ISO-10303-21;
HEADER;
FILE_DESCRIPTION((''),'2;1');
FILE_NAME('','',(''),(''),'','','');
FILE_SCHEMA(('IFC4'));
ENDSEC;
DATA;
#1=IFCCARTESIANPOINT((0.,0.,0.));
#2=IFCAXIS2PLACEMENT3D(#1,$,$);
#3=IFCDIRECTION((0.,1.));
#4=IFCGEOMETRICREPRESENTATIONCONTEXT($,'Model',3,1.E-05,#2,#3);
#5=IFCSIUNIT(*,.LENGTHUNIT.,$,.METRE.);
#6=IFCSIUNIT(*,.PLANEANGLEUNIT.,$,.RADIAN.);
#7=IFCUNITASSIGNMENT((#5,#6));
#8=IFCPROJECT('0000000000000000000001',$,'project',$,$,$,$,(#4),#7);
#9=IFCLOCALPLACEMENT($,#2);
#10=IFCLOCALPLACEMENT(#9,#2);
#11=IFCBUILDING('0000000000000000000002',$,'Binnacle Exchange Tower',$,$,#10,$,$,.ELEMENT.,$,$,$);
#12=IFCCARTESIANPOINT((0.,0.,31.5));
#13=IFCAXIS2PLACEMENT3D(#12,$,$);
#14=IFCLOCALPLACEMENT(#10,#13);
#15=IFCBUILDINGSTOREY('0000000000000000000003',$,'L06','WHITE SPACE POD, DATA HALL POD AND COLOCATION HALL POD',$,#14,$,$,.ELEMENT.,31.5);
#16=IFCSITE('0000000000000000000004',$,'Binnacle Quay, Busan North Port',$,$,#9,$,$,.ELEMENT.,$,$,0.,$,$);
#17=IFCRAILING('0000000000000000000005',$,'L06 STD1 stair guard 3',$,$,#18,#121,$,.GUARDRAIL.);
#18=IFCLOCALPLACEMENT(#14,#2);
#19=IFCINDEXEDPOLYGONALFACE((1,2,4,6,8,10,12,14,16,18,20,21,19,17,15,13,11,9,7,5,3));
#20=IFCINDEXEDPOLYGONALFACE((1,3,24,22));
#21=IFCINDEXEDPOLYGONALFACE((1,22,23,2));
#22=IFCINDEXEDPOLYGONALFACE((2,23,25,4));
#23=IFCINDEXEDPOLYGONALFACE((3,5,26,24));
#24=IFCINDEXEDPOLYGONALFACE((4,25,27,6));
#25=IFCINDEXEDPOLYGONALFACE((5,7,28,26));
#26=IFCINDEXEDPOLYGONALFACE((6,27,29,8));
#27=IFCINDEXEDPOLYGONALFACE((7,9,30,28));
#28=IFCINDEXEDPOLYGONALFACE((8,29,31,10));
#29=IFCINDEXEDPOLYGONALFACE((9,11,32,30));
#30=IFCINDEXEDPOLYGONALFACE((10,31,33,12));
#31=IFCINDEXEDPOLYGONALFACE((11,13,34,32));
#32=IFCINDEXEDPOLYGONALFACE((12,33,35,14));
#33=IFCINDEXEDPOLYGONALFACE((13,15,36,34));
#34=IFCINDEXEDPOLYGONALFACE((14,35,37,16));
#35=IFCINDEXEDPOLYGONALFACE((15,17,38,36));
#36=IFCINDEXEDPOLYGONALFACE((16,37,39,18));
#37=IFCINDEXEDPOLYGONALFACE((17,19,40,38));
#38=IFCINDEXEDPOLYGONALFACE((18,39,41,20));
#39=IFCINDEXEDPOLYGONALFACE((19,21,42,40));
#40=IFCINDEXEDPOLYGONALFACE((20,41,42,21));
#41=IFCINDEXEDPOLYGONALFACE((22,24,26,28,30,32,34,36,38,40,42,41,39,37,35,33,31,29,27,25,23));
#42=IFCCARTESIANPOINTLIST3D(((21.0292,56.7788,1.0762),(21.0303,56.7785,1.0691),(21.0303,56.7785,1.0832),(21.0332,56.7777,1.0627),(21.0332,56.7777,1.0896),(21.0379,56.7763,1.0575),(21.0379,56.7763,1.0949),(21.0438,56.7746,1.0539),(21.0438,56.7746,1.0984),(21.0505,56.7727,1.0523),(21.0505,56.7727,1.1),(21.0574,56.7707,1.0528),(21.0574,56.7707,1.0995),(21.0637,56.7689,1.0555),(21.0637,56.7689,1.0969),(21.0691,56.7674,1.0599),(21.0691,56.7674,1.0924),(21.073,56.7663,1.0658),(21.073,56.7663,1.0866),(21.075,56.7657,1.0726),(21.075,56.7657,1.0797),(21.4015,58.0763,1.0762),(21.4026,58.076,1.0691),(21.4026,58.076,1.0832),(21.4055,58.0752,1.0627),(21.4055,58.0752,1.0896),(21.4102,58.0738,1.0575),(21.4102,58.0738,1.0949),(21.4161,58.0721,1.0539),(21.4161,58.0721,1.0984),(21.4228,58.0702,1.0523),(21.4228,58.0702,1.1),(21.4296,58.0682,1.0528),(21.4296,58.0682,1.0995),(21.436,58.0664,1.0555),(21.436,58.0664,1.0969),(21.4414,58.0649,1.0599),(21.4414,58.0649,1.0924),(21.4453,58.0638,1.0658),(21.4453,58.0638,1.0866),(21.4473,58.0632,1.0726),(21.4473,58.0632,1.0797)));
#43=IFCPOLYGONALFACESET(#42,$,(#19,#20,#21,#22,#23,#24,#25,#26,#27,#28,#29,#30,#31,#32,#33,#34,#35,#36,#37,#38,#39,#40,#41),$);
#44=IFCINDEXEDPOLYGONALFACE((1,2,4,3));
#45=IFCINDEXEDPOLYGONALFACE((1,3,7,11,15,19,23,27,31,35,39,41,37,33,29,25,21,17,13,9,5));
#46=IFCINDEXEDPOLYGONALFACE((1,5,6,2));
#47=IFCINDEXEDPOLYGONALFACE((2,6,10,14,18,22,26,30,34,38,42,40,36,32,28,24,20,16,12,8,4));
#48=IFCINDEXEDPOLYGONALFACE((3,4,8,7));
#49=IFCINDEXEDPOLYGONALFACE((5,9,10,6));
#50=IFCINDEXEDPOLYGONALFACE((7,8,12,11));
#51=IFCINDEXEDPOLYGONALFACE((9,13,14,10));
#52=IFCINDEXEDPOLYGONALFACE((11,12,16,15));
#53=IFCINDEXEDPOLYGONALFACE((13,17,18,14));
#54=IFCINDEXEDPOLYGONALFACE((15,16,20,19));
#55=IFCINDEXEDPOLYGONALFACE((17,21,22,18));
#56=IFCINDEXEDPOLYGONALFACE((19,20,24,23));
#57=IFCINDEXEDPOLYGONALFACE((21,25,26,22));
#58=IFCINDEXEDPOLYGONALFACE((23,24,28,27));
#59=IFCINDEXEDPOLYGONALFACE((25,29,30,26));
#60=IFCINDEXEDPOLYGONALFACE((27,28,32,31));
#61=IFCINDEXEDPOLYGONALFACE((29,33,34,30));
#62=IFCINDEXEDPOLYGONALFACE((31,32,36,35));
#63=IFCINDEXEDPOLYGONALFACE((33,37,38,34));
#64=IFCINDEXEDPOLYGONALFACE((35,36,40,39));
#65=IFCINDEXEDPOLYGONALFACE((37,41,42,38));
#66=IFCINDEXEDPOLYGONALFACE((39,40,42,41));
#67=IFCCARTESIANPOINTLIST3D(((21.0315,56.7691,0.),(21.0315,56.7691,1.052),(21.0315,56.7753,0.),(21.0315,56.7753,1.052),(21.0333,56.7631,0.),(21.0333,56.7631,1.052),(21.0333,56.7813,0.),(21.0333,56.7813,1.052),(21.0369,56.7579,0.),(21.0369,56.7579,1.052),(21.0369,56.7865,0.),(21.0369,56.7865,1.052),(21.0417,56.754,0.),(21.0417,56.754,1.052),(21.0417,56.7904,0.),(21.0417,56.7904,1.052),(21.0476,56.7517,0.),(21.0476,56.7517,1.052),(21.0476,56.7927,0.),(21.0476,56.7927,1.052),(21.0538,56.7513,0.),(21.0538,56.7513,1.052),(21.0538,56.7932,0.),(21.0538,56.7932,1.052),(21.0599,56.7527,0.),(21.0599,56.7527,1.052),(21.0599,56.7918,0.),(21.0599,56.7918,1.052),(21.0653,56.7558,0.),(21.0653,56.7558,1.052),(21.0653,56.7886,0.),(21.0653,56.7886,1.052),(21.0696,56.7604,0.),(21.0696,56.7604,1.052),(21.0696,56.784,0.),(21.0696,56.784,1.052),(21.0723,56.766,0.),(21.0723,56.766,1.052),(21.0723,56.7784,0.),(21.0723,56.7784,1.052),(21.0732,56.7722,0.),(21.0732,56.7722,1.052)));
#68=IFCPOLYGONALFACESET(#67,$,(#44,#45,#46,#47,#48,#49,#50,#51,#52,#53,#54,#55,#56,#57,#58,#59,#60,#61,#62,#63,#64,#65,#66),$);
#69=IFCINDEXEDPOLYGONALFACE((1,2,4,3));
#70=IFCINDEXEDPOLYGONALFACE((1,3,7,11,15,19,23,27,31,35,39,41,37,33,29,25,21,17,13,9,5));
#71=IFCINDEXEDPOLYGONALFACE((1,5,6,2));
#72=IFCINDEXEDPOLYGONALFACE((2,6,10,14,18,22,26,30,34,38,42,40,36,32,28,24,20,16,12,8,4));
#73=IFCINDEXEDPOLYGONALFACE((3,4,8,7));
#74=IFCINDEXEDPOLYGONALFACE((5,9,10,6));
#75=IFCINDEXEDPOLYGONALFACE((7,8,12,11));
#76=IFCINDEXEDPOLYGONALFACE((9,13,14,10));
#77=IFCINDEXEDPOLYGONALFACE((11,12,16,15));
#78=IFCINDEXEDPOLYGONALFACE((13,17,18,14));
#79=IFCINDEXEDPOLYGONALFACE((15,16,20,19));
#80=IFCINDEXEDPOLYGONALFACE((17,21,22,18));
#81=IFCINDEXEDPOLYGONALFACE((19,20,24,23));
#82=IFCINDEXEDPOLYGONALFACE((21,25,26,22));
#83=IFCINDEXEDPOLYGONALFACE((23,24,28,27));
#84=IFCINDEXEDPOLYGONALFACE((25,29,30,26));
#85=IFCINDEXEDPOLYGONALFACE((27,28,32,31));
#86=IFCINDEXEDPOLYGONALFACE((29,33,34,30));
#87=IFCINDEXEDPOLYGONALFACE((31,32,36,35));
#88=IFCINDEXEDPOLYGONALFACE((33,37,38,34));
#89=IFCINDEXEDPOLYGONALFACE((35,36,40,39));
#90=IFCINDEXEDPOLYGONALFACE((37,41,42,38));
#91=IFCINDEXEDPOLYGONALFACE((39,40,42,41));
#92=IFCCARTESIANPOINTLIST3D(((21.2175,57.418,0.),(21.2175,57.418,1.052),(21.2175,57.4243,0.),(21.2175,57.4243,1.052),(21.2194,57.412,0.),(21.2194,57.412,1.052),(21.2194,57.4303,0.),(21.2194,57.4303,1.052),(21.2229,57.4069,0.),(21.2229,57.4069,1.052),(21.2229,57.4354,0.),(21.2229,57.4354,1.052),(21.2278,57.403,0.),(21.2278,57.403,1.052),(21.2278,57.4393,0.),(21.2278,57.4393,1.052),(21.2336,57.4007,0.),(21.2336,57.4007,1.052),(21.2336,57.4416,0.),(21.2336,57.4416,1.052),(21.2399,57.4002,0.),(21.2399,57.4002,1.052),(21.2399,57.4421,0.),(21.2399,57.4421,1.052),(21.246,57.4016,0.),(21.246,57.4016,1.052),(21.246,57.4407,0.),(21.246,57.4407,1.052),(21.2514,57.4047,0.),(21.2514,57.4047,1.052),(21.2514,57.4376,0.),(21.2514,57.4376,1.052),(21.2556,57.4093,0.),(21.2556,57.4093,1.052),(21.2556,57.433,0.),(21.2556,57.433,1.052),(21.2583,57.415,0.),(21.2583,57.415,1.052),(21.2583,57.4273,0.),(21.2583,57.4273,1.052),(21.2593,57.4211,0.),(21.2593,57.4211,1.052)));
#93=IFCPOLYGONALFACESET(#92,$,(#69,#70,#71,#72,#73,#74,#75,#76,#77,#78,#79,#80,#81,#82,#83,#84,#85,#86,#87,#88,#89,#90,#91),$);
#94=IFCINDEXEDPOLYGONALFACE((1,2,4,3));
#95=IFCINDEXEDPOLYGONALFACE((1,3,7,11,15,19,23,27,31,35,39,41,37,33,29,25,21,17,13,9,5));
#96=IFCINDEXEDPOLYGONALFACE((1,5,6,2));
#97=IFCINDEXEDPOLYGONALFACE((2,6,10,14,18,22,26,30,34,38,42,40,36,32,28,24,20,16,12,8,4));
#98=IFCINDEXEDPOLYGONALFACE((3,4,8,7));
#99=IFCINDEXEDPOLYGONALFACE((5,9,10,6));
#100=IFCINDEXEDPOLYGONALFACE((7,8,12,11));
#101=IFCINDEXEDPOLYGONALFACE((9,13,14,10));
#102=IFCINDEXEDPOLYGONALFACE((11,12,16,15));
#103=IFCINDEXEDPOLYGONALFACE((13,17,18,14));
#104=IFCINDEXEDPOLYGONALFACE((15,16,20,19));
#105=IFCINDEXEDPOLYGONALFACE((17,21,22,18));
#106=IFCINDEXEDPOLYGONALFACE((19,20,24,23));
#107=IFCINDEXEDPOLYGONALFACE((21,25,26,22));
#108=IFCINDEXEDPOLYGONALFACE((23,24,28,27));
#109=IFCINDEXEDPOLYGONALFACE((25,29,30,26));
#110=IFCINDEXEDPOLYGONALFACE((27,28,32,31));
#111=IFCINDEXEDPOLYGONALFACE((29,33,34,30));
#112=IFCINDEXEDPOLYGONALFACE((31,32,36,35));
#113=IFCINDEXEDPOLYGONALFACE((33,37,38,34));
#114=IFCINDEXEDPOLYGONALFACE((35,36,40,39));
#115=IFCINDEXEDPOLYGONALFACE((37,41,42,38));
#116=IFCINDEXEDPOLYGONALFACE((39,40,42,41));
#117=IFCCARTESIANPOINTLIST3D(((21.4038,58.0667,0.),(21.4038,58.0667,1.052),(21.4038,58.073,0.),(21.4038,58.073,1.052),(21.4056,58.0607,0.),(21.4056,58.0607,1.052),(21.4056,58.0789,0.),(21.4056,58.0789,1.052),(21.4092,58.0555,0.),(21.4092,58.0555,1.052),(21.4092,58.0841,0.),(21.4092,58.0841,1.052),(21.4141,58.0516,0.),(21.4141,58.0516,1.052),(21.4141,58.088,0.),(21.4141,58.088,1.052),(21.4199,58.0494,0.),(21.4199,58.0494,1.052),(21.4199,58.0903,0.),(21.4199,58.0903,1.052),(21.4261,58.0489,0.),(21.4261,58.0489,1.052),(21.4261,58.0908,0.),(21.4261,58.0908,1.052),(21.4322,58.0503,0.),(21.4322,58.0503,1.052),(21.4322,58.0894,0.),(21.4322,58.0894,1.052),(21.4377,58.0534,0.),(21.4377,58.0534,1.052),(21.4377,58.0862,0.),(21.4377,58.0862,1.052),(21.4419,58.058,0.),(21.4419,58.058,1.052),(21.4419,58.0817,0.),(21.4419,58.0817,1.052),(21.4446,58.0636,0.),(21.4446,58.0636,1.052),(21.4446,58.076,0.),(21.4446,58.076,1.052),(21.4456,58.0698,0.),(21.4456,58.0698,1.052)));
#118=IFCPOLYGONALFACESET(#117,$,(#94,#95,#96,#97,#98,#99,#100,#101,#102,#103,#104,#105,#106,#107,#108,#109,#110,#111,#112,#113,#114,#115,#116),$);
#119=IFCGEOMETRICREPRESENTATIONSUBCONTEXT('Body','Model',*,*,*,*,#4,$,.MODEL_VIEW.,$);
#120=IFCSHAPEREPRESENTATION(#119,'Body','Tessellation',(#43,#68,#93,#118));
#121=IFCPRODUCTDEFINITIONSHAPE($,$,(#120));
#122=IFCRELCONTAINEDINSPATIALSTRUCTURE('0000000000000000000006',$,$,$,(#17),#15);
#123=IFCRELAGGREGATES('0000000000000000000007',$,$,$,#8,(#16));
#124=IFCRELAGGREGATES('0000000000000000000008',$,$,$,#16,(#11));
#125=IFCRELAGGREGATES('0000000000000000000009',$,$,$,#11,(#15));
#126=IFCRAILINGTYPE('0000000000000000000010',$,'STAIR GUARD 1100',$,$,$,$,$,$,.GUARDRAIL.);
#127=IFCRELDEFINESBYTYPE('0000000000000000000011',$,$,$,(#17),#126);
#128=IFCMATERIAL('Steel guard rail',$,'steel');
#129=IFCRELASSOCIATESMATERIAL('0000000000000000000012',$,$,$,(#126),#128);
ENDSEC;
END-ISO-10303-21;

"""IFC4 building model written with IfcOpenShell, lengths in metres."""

from ifc_helpers import new_model, si_unit, direction, frame, origin, origin_2d, place, context, subcontext, project, spatial, circle, extrude, material, type_object, element, save


model = new_model("IFC4")

# Units and contexts
model_context = context("Model", 3, precision=1e-05, world=origin(), true_north=direction((0.0, 1.0)))
body_context = subcontext(model_context, "Body", "Model", "MODEL_VIEW")
ifc_project = project(units=[si_unit("LENGTHUNIT", "METRE"), si_unit("PLANEANGLEUNIT", "RADIAN")], contexts=[model_context])

# Site, building, storey
site_placement = place(None, origin())
site = spatial("IfcSite", under=ifc_project, at=site_placement, Name="Binnacle Quay, Busan North Port", CompositionType="ELEMENT", RefElevation=0.0)
building_placement = place(site_placement, origin())
building = spatial("IfcBuilding", under=site, at=building_placement, Name="Binnacle Exchange Tower", CompositionType="ELEMENT")
storey_placement = place(building_placement, frame((0.0, 0.0, 31.5)))
storey = spatial("IfcBuildingStorey", under=building, at=storey_placement, Name="L06", Description="WHITE SPACE POD, DATA HALL POD AND COLOCATION HALL POD", CompositionType="ELEMENT", Elevation=31.5)

# Railing
ifc_material_1 = material(Name="Steel guard rail", Category="steel")
railing_type_1 = type_object("IfcRailingType", Name="STAIR GUARD 1100", PredefinedType="GUARDRAIL", material=ifc_material_1)
railing_1_placement = place(storey_placement, frame((21.0522, 56.7722, 0.0)))
element("IfcRailing", 1, at=railing_1_placement, inside=storey, type_object=railing_type_1, Name="L06 STD1 stair guard 3", PredefinedType="GUARDRAIL", context=body_context, shape_type="SweptSolid", body=[
    extrude(circle(Radius=0.0239, at=origin_2d()), frame((0.0, 0.0, 1.0762), z_axis=(0.275796, 0.961216, 0.0), x_axis=(-0.961216, 0.275796, 0.0)), (0.0, 0.0, 1.0), 1.3499),
    extrude(circle(Radius=0.021, at=origin_2d()), origin(), (0.0, 0.0, 1.0), 1.052),
    extrude(circle(Radius=0.021, at=origin_2d()), frame((0.186, 0.6489, 0.0)), (0.0, 0.0, 1.0), 1.052),
    extrude(circle(Radius=0.021, at=origin_2d()), frame((0.3723, 1.2976, 0.0)), (0.0, 0.0, 1.0), 1.052),
])

save(model, "model.ifc")
